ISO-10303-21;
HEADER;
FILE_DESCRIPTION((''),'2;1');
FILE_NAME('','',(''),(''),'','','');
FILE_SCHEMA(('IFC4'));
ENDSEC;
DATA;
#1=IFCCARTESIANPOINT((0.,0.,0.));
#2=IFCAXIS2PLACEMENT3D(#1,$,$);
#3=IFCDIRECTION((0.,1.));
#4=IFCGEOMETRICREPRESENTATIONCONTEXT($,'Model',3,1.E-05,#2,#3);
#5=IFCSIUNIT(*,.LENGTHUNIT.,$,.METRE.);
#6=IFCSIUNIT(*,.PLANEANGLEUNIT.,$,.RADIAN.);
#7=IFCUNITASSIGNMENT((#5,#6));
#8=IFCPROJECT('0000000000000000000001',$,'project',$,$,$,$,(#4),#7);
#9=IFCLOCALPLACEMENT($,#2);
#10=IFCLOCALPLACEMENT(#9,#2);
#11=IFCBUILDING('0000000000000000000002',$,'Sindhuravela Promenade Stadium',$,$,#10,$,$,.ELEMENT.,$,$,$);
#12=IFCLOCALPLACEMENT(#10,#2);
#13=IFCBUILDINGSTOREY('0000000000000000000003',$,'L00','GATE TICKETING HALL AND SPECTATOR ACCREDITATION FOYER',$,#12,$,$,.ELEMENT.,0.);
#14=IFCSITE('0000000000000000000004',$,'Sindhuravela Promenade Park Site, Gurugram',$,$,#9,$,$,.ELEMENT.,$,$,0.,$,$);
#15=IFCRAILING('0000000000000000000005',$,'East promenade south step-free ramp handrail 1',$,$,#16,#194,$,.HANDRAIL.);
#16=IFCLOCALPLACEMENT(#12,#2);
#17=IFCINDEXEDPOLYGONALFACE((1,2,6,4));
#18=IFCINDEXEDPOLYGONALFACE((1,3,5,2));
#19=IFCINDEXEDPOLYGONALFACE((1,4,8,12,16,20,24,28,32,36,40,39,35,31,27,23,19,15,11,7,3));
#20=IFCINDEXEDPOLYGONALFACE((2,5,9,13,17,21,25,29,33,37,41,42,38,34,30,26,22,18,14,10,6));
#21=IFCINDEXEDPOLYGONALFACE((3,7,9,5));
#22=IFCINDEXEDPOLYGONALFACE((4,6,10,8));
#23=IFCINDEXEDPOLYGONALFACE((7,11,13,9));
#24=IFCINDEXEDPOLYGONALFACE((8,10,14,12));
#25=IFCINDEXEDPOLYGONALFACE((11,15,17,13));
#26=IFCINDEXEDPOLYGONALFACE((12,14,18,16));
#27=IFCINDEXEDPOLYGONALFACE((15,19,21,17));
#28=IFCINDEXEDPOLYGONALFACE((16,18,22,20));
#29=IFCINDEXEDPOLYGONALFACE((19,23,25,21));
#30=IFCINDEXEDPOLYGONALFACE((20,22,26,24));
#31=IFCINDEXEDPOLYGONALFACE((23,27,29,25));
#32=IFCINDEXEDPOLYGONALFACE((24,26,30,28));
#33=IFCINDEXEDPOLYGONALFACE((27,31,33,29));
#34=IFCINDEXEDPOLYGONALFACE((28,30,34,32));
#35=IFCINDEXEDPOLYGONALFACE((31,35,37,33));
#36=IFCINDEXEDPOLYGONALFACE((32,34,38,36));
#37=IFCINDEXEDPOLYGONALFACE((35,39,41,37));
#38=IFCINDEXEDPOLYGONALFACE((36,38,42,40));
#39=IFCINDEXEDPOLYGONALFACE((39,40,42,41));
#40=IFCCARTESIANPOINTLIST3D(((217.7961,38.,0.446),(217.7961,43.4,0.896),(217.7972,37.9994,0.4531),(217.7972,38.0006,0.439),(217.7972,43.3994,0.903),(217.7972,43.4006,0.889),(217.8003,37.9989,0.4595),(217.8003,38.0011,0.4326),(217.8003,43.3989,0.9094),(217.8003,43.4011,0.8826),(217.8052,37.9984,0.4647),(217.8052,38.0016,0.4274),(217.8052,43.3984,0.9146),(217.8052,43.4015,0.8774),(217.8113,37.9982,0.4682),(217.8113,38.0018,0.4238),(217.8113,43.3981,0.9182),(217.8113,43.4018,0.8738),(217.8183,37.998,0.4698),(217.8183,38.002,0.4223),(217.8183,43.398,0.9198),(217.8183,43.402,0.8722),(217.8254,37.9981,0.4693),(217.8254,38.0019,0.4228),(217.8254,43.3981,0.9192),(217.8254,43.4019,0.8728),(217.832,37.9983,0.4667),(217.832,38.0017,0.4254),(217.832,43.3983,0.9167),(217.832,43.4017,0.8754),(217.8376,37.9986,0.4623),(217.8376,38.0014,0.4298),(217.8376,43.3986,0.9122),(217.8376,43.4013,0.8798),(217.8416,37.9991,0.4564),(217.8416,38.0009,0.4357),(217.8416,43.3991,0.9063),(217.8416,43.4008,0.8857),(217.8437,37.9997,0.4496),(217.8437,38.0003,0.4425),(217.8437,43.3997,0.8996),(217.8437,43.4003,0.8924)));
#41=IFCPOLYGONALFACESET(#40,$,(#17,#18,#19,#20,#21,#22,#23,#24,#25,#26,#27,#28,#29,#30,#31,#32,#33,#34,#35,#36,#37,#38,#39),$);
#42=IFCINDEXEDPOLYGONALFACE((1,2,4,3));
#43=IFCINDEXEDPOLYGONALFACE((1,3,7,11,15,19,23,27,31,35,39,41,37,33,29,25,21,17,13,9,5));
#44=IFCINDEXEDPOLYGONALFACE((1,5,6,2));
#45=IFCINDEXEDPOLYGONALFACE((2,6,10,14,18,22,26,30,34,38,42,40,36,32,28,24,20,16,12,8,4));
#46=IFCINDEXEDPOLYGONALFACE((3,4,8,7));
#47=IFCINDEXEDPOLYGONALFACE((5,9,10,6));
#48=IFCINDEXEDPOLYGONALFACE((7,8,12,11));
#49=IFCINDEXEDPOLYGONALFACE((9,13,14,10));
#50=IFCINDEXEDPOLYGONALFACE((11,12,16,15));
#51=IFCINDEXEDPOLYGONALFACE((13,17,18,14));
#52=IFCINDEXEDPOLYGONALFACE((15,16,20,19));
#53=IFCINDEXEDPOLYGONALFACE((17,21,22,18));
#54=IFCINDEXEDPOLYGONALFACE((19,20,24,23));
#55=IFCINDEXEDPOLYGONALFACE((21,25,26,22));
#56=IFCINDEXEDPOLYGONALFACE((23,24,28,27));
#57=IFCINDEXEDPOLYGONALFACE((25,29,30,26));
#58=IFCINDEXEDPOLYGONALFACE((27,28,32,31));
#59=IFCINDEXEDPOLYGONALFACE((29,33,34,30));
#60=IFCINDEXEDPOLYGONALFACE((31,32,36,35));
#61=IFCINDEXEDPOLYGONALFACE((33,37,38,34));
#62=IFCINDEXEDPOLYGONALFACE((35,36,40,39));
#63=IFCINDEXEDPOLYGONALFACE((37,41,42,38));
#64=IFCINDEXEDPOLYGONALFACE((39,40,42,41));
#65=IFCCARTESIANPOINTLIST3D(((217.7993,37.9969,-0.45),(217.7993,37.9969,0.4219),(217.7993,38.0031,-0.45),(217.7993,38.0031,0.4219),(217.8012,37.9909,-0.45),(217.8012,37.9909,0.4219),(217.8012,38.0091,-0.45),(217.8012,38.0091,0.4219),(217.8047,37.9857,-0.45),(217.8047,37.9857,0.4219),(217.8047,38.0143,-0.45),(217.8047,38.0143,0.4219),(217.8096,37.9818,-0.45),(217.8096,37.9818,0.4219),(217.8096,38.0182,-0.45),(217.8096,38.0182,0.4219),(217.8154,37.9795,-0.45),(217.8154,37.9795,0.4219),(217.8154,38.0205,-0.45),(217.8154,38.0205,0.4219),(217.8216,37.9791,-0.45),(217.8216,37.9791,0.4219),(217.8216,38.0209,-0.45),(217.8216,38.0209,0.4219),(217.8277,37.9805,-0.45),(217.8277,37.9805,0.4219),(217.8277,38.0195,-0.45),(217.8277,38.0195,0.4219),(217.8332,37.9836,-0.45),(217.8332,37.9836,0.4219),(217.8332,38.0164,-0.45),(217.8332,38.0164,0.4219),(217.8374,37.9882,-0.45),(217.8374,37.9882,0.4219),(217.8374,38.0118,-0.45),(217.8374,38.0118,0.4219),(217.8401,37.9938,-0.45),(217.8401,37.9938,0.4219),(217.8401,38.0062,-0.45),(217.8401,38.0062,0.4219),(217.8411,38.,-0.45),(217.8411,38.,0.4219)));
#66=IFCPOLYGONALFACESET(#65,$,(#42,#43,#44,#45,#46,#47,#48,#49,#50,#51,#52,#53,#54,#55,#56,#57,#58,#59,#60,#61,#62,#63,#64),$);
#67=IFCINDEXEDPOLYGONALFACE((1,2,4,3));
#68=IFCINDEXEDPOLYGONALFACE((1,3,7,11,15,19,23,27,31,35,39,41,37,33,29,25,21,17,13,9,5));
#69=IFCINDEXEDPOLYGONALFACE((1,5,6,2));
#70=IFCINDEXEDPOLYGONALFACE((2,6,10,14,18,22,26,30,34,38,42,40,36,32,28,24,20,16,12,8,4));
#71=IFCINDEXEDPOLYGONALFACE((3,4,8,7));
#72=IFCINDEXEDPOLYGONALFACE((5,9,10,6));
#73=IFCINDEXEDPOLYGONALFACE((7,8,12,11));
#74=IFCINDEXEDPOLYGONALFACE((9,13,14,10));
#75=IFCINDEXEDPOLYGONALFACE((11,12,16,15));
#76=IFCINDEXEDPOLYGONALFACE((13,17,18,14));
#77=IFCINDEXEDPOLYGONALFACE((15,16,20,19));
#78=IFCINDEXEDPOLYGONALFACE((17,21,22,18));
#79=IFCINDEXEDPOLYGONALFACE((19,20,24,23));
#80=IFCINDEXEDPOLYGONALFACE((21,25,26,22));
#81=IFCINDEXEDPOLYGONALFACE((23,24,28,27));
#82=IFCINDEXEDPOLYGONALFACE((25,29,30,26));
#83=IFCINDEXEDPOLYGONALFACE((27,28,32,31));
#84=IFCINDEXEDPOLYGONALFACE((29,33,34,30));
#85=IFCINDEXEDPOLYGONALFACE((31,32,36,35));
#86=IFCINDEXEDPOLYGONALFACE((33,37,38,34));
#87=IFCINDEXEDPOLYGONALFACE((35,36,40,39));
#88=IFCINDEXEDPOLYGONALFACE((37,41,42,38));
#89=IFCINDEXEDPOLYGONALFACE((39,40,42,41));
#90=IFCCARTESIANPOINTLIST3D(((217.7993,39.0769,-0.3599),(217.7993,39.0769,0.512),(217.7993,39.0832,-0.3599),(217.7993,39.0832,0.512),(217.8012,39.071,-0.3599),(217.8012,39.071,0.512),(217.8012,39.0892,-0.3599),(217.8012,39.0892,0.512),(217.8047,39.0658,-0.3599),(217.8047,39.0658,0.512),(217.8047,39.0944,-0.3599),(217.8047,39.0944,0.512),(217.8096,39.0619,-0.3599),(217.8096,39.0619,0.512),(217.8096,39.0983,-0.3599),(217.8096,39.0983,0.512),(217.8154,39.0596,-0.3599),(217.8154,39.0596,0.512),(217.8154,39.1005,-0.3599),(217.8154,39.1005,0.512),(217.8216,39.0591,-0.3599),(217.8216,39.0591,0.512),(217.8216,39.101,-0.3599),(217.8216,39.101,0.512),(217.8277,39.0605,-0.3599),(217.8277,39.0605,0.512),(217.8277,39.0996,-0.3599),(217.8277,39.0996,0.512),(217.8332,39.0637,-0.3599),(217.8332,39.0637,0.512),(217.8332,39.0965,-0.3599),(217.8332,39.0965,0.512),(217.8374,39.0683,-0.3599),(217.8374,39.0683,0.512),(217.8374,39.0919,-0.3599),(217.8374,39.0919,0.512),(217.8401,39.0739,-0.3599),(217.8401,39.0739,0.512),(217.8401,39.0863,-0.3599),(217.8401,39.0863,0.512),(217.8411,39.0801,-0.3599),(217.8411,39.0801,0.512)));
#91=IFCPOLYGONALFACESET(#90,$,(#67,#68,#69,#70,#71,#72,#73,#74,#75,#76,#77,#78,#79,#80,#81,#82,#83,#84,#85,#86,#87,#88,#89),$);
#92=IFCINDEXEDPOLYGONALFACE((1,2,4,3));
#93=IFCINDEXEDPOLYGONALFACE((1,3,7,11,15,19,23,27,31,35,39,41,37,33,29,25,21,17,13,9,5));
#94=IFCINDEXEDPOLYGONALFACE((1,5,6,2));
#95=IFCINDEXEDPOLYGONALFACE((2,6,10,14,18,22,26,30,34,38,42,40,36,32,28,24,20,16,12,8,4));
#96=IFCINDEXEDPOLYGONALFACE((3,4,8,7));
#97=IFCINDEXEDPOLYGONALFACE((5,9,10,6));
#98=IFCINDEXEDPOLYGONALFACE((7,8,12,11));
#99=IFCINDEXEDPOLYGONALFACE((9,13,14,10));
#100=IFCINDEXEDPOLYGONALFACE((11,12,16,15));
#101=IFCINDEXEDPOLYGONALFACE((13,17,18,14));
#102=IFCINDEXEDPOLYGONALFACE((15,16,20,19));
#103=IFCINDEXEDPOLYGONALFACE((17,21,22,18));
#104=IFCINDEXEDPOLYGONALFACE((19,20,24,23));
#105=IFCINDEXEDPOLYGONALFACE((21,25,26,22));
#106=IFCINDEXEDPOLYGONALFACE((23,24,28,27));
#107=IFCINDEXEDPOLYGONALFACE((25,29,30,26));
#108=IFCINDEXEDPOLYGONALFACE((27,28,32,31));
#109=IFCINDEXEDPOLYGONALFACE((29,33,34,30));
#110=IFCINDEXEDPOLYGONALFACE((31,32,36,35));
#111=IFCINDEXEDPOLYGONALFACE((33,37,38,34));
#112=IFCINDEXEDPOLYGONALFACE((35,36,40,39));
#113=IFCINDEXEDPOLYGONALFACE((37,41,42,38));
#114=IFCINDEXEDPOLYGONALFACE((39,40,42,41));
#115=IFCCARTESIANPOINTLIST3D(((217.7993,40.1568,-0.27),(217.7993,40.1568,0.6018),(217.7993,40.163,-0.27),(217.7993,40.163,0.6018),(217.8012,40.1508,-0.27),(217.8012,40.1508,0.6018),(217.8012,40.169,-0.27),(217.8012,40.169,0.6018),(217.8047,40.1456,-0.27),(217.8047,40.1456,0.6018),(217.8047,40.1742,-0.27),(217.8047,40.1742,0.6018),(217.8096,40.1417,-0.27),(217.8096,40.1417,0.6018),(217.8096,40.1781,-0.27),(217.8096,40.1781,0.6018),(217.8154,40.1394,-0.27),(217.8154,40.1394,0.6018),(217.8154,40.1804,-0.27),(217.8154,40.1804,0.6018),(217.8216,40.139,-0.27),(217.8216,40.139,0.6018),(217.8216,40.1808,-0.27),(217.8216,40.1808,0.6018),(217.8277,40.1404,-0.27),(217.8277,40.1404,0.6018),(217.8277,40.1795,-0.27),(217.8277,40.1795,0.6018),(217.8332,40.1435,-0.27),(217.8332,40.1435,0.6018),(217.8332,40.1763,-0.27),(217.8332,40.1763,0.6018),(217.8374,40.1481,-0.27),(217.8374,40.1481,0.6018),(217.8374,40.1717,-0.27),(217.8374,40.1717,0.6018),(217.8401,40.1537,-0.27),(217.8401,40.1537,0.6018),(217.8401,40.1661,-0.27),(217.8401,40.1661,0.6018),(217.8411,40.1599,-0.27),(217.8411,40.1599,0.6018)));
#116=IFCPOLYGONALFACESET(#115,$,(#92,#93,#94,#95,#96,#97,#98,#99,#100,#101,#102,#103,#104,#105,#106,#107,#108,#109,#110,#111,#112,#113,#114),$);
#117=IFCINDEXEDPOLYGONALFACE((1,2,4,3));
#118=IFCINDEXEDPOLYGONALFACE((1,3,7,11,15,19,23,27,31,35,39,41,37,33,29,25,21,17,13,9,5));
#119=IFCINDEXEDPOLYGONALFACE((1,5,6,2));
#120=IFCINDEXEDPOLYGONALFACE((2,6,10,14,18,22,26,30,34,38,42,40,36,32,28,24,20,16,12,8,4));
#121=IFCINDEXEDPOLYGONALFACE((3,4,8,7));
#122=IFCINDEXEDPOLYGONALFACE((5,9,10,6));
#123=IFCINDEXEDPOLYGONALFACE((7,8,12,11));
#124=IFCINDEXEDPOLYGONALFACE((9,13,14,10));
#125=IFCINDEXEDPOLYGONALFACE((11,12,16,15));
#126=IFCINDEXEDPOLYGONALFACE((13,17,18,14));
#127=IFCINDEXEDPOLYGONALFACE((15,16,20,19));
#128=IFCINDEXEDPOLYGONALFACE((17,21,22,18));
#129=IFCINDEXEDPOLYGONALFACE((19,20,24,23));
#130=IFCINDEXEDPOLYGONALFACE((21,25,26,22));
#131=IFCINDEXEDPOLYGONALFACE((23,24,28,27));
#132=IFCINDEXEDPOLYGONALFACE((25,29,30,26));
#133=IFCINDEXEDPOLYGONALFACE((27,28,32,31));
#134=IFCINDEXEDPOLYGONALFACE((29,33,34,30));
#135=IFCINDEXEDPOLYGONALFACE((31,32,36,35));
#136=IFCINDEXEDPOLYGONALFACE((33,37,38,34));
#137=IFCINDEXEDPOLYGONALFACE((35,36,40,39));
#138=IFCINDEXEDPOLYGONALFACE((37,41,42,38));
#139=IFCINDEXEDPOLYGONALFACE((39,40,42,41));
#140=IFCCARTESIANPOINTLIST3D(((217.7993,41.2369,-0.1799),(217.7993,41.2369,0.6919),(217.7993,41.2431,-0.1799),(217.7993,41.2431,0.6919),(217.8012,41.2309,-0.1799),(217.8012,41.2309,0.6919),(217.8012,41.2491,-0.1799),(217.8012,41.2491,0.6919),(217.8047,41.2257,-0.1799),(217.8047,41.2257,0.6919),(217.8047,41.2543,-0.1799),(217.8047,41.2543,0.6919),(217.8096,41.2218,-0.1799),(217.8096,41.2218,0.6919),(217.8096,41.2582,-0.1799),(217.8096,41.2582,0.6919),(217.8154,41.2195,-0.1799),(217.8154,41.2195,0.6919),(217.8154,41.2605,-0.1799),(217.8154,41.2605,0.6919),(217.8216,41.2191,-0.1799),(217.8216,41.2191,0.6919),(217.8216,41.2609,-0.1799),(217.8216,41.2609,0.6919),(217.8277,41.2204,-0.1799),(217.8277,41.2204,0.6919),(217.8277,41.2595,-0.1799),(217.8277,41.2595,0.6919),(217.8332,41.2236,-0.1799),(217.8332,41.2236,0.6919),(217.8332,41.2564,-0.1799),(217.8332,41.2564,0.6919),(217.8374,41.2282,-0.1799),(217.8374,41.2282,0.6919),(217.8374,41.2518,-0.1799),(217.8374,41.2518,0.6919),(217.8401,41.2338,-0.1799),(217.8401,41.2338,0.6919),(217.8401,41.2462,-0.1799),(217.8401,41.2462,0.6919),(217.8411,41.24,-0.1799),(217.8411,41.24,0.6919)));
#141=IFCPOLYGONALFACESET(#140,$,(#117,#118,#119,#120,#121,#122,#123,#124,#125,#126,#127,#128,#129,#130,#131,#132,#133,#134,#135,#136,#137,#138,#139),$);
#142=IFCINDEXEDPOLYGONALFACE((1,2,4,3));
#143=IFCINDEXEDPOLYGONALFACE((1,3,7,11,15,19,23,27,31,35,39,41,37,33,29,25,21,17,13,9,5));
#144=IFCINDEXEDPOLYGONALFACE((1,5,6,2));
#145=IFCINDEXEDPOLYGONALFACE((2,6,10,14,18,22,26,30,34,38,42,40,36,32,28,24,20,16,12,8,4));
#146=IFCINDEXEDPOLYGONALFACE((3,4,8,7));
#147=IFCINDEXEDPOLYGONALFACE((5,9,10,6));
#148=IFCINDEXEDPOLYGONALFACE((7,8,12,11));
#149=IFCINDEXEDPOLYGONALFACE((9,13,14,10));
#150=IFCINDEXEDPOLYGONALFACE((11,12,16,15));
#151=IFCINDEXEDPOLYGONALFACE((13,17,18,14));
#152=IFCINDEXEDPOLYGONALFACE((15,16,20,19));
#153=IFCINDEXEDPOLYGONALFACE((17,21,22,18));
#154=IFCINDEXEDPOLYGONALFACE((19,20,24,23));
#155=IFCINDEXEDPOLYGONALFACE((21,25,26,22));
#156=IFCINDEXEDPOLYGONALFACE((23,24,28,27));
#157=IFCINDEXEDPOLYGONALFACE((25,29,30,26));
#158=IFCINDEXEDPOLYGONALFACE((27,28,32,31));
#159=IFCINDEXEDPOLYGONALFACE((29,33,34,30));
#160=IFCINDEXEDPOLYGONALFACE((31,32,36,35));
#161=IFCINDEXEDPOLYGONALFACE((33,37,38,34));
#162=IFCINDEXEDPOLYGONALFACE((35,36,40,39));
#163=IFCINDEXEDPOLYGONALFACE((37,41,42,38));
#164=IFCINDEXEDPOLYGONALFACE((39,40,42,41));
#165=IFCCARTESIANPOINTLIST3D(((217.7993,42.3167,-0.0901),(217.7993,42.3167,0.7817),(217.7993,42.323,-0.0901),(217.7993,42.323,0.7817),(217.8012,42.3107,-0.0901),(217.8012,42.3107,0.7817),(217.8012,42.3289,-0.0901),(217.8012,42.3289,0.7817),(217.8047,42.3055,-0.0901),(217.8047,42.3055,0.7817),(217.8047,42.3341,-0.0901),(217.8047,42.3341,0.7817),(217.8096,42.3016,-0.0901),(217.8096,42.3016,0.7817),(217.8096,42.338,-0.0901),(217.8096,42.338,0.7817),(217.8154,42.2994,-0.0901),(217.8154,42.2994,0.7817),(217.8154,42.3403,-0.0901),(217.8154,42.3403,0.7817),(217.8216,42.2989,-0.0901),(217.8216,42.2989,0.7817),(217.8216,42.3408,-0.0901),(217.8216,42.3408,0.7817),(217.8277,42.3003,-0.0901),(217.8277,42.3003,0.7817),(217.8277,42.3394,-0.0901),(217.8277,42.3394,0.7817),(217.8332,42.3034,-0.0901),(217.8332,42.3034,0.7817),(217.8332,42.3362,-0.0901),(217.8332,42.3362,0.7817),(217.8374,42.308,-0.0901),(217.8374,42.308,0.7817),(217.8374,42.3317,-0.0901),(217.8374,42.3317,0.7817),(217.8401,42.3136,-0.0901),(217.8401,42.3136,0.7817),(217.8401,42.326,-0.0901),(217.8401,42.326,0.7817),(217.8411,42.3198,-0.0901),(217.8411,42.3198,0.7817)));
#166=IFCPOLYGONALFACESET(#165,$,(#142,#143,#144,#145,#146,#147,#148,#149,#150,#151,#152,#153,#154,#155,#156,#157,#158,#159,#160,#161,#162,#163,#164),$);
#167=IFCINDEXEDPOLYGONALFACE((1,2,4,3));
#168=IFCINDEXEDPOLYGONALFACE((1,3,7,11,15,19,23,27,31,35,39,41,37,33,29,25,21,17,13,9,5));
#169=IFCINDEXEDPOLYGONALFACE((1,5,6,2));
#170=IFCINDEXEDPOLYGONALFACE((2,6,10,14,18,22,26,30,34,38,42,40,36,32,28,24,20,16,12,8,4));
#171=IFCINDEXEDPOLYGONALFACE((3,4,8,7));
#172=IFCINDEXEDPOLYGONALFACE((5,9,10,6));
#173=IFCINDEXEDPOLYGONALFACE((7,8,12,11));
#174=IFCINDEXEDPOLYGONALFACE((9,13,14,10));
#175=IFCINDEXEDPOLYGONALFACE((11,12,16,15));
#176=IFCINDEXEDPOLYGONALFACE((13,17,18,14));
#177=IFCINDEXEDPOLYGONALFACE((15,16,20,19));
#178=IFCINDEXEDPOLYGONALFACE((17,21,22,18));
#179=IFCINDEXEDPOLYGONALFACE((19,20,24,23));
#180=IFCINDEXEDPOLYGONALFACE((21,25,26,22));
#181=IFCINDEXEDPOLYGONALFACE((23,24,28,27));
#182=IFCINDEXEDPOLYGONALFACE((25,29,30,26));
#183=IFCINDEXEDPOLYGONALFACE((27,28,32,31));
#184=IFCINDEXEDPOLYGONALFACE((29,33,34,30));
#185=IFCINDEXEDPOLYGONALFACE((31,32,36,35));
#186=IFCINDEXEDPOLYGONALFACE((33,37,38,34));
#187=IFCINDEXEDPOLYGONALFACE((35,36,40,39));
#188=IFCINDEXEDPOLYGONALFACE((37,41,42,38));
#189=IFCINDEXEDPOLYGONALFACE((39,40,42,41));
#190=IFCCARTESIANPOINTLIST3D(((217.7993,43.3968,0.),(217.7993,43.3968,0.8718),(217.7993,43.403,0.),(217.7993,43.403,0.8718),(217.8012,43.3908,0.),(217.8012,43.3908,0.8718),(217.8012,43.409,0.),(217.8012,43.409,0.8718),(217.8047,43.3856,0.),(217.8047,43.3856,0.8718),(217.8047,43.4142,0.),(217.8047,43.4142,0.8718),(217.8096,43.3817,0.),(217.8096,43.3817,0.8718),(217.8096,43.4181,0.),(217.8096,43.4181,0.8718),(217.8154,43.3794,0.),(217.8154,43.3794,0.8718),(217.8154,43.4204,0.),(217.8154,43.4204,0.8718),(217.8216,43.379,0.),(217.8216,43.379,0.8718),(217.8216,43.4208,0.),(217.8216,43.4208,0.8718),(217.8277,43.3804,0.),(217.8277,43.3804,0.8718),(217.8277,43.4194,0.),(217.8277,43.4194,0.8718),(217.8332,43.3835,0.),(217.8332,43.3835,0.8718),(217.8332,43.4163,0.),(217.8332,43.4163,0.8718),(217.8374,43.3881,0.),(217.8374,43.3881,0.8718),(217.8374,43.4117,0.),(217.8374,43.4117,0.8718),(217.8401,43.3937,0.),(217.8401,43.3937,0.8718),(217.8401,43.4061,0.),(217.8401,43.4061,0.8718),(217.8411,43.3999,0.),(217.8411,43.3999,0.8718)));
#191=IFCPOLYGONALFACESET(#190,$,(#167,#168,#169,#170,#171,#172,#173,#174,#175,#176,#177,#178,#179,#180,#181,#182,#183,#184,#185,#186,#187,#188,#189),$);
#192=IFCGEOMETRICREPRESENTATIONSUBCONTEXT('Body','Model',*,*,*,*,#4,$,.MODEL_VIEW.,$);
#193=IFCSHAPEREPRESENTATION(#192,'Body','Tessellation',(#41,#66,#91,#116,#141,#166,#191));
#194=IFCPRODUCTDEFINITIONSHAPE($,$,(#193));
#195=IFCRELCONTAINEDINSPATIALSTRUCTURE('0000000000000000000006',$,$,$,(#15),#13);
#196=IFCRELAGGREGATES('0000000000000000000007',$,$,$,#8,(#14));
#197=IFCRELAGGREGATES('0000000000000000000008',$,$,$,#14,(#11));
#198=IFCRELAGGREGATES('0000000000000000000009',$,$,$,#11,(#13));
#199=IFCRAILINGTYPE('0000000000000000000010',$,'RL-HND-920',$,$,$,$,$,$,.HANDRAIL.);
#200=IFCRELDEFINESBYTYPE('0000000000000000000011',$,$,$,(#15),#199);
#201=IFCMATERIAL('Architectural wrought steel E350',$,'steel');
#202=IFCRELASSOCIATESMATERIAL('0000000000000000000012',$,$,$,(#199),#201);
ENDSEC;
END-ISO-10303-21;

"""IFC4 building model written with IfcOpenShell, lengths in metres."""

from ifc_helpers import new_model, si_unit, direction, frame, origin, origin_2d, place, context, subcontext, project, spatial, circle, extrude, material, type_object, element, save


model = new_model("IFC4")

# Units and contexts
model_context = context("Model", 3, precision=1e-05, world=origin(), true_north=direction((0.0, 1.0)))
body_context = subcontext(model_context, "Body", "Model", "MODEL_VIEW")
ifc_project = project(units=[si_unit("LENGTHUNIT", "METRE"), si_unit("PLANEANGLEUNIT", "RADIAN")], contexts=[model_context])

# Site, building, storey
site_placement = place(None, origin())
site = spatial("IfcSite", under=ifc_project, at=site_placement, Name="Sindhuravela Promenade Park Site, Gurugram", CompositionType="ELEMENT", RefElevation=0.0)
building_placement = place(site_placement, origin())
building = spatial("IfcBuilding", under=site, at=building_placement, Name="Sindhuravela Promenade Stadium", CompositionType="ELEMENT")
storey_placement = place(building_placement, origin())
storey = spatial("IfcBuildingStorey", under=building, at=storey_placement, Name="L00", Description="GATE TICKETING HALL AND SPECTATOR ACCREDITATION FOYER", CompositionType="ELEMENT", Elevation=0.0)

# Railing
ifc_material_1 = material(Name="Architectural wrought steel E350", Category="steel")
railing_type = type_object("IfcRailingType", Name="RL-HND-920", PredefinedType="HANDRAIL", material=ifc_material_1)
for number, where, name in (
    (1, (217.8201, 38.0, -0.45), "East promenade south step-free ramp handrail 1"),
):
    element("IfcRailing", number, at=place(storey_placement, frame(where)), inside=storey, type_object=railing_type, Name=name, PredefinedType="HANDRAIL", context=body_context, shape_type="SweptSolid", body=[
        extrude(circle(Radius=0.0239, at=origin_2d()), frame((0.0, 0.0, 0.896), z_axis=(0.0, 0.996546, 0.083038), x_axis=(-1.0, 0.0, 0.0)), (0.0, 0.0, 1.0), 5.4187),
        extrude(circle(Radius=0.021, at=origin_2d()), origin(), (0.0, 0.0, 1.0), 0.8718),
        extrude(circle(Radius=0.021, at=origin_2d()), frame((0.0, 1.0801, 0.0901)), (0.0, 0.0, 1.0), 0.8718),
        extrude(circle(Radius=0.021, at=origin_2d()), frame((0.0, 2.1599, 0.1799)), (0.0, 0.0, 1.0), 0.8718),
        extrude(circle(Radius=0.021, at=origin_2d()), frame((0.0, 3.24, 0.27)), (0.0, 0.0, 1.0), 0.8718),
        extrude(circle(Radius=0.021, at=origin_2d()), frame((0.0, 4.3198, 0.3599)), (0.0, 0.0, 1.0), 0.8718),
        extrude(circle(Radius=0.021, at=origin_2d()), frame((0.0, 5.3999, 0.45)), (0.0, 0.0, 1.0), 0.8718),
    ])

save(model, "model.ifc")
